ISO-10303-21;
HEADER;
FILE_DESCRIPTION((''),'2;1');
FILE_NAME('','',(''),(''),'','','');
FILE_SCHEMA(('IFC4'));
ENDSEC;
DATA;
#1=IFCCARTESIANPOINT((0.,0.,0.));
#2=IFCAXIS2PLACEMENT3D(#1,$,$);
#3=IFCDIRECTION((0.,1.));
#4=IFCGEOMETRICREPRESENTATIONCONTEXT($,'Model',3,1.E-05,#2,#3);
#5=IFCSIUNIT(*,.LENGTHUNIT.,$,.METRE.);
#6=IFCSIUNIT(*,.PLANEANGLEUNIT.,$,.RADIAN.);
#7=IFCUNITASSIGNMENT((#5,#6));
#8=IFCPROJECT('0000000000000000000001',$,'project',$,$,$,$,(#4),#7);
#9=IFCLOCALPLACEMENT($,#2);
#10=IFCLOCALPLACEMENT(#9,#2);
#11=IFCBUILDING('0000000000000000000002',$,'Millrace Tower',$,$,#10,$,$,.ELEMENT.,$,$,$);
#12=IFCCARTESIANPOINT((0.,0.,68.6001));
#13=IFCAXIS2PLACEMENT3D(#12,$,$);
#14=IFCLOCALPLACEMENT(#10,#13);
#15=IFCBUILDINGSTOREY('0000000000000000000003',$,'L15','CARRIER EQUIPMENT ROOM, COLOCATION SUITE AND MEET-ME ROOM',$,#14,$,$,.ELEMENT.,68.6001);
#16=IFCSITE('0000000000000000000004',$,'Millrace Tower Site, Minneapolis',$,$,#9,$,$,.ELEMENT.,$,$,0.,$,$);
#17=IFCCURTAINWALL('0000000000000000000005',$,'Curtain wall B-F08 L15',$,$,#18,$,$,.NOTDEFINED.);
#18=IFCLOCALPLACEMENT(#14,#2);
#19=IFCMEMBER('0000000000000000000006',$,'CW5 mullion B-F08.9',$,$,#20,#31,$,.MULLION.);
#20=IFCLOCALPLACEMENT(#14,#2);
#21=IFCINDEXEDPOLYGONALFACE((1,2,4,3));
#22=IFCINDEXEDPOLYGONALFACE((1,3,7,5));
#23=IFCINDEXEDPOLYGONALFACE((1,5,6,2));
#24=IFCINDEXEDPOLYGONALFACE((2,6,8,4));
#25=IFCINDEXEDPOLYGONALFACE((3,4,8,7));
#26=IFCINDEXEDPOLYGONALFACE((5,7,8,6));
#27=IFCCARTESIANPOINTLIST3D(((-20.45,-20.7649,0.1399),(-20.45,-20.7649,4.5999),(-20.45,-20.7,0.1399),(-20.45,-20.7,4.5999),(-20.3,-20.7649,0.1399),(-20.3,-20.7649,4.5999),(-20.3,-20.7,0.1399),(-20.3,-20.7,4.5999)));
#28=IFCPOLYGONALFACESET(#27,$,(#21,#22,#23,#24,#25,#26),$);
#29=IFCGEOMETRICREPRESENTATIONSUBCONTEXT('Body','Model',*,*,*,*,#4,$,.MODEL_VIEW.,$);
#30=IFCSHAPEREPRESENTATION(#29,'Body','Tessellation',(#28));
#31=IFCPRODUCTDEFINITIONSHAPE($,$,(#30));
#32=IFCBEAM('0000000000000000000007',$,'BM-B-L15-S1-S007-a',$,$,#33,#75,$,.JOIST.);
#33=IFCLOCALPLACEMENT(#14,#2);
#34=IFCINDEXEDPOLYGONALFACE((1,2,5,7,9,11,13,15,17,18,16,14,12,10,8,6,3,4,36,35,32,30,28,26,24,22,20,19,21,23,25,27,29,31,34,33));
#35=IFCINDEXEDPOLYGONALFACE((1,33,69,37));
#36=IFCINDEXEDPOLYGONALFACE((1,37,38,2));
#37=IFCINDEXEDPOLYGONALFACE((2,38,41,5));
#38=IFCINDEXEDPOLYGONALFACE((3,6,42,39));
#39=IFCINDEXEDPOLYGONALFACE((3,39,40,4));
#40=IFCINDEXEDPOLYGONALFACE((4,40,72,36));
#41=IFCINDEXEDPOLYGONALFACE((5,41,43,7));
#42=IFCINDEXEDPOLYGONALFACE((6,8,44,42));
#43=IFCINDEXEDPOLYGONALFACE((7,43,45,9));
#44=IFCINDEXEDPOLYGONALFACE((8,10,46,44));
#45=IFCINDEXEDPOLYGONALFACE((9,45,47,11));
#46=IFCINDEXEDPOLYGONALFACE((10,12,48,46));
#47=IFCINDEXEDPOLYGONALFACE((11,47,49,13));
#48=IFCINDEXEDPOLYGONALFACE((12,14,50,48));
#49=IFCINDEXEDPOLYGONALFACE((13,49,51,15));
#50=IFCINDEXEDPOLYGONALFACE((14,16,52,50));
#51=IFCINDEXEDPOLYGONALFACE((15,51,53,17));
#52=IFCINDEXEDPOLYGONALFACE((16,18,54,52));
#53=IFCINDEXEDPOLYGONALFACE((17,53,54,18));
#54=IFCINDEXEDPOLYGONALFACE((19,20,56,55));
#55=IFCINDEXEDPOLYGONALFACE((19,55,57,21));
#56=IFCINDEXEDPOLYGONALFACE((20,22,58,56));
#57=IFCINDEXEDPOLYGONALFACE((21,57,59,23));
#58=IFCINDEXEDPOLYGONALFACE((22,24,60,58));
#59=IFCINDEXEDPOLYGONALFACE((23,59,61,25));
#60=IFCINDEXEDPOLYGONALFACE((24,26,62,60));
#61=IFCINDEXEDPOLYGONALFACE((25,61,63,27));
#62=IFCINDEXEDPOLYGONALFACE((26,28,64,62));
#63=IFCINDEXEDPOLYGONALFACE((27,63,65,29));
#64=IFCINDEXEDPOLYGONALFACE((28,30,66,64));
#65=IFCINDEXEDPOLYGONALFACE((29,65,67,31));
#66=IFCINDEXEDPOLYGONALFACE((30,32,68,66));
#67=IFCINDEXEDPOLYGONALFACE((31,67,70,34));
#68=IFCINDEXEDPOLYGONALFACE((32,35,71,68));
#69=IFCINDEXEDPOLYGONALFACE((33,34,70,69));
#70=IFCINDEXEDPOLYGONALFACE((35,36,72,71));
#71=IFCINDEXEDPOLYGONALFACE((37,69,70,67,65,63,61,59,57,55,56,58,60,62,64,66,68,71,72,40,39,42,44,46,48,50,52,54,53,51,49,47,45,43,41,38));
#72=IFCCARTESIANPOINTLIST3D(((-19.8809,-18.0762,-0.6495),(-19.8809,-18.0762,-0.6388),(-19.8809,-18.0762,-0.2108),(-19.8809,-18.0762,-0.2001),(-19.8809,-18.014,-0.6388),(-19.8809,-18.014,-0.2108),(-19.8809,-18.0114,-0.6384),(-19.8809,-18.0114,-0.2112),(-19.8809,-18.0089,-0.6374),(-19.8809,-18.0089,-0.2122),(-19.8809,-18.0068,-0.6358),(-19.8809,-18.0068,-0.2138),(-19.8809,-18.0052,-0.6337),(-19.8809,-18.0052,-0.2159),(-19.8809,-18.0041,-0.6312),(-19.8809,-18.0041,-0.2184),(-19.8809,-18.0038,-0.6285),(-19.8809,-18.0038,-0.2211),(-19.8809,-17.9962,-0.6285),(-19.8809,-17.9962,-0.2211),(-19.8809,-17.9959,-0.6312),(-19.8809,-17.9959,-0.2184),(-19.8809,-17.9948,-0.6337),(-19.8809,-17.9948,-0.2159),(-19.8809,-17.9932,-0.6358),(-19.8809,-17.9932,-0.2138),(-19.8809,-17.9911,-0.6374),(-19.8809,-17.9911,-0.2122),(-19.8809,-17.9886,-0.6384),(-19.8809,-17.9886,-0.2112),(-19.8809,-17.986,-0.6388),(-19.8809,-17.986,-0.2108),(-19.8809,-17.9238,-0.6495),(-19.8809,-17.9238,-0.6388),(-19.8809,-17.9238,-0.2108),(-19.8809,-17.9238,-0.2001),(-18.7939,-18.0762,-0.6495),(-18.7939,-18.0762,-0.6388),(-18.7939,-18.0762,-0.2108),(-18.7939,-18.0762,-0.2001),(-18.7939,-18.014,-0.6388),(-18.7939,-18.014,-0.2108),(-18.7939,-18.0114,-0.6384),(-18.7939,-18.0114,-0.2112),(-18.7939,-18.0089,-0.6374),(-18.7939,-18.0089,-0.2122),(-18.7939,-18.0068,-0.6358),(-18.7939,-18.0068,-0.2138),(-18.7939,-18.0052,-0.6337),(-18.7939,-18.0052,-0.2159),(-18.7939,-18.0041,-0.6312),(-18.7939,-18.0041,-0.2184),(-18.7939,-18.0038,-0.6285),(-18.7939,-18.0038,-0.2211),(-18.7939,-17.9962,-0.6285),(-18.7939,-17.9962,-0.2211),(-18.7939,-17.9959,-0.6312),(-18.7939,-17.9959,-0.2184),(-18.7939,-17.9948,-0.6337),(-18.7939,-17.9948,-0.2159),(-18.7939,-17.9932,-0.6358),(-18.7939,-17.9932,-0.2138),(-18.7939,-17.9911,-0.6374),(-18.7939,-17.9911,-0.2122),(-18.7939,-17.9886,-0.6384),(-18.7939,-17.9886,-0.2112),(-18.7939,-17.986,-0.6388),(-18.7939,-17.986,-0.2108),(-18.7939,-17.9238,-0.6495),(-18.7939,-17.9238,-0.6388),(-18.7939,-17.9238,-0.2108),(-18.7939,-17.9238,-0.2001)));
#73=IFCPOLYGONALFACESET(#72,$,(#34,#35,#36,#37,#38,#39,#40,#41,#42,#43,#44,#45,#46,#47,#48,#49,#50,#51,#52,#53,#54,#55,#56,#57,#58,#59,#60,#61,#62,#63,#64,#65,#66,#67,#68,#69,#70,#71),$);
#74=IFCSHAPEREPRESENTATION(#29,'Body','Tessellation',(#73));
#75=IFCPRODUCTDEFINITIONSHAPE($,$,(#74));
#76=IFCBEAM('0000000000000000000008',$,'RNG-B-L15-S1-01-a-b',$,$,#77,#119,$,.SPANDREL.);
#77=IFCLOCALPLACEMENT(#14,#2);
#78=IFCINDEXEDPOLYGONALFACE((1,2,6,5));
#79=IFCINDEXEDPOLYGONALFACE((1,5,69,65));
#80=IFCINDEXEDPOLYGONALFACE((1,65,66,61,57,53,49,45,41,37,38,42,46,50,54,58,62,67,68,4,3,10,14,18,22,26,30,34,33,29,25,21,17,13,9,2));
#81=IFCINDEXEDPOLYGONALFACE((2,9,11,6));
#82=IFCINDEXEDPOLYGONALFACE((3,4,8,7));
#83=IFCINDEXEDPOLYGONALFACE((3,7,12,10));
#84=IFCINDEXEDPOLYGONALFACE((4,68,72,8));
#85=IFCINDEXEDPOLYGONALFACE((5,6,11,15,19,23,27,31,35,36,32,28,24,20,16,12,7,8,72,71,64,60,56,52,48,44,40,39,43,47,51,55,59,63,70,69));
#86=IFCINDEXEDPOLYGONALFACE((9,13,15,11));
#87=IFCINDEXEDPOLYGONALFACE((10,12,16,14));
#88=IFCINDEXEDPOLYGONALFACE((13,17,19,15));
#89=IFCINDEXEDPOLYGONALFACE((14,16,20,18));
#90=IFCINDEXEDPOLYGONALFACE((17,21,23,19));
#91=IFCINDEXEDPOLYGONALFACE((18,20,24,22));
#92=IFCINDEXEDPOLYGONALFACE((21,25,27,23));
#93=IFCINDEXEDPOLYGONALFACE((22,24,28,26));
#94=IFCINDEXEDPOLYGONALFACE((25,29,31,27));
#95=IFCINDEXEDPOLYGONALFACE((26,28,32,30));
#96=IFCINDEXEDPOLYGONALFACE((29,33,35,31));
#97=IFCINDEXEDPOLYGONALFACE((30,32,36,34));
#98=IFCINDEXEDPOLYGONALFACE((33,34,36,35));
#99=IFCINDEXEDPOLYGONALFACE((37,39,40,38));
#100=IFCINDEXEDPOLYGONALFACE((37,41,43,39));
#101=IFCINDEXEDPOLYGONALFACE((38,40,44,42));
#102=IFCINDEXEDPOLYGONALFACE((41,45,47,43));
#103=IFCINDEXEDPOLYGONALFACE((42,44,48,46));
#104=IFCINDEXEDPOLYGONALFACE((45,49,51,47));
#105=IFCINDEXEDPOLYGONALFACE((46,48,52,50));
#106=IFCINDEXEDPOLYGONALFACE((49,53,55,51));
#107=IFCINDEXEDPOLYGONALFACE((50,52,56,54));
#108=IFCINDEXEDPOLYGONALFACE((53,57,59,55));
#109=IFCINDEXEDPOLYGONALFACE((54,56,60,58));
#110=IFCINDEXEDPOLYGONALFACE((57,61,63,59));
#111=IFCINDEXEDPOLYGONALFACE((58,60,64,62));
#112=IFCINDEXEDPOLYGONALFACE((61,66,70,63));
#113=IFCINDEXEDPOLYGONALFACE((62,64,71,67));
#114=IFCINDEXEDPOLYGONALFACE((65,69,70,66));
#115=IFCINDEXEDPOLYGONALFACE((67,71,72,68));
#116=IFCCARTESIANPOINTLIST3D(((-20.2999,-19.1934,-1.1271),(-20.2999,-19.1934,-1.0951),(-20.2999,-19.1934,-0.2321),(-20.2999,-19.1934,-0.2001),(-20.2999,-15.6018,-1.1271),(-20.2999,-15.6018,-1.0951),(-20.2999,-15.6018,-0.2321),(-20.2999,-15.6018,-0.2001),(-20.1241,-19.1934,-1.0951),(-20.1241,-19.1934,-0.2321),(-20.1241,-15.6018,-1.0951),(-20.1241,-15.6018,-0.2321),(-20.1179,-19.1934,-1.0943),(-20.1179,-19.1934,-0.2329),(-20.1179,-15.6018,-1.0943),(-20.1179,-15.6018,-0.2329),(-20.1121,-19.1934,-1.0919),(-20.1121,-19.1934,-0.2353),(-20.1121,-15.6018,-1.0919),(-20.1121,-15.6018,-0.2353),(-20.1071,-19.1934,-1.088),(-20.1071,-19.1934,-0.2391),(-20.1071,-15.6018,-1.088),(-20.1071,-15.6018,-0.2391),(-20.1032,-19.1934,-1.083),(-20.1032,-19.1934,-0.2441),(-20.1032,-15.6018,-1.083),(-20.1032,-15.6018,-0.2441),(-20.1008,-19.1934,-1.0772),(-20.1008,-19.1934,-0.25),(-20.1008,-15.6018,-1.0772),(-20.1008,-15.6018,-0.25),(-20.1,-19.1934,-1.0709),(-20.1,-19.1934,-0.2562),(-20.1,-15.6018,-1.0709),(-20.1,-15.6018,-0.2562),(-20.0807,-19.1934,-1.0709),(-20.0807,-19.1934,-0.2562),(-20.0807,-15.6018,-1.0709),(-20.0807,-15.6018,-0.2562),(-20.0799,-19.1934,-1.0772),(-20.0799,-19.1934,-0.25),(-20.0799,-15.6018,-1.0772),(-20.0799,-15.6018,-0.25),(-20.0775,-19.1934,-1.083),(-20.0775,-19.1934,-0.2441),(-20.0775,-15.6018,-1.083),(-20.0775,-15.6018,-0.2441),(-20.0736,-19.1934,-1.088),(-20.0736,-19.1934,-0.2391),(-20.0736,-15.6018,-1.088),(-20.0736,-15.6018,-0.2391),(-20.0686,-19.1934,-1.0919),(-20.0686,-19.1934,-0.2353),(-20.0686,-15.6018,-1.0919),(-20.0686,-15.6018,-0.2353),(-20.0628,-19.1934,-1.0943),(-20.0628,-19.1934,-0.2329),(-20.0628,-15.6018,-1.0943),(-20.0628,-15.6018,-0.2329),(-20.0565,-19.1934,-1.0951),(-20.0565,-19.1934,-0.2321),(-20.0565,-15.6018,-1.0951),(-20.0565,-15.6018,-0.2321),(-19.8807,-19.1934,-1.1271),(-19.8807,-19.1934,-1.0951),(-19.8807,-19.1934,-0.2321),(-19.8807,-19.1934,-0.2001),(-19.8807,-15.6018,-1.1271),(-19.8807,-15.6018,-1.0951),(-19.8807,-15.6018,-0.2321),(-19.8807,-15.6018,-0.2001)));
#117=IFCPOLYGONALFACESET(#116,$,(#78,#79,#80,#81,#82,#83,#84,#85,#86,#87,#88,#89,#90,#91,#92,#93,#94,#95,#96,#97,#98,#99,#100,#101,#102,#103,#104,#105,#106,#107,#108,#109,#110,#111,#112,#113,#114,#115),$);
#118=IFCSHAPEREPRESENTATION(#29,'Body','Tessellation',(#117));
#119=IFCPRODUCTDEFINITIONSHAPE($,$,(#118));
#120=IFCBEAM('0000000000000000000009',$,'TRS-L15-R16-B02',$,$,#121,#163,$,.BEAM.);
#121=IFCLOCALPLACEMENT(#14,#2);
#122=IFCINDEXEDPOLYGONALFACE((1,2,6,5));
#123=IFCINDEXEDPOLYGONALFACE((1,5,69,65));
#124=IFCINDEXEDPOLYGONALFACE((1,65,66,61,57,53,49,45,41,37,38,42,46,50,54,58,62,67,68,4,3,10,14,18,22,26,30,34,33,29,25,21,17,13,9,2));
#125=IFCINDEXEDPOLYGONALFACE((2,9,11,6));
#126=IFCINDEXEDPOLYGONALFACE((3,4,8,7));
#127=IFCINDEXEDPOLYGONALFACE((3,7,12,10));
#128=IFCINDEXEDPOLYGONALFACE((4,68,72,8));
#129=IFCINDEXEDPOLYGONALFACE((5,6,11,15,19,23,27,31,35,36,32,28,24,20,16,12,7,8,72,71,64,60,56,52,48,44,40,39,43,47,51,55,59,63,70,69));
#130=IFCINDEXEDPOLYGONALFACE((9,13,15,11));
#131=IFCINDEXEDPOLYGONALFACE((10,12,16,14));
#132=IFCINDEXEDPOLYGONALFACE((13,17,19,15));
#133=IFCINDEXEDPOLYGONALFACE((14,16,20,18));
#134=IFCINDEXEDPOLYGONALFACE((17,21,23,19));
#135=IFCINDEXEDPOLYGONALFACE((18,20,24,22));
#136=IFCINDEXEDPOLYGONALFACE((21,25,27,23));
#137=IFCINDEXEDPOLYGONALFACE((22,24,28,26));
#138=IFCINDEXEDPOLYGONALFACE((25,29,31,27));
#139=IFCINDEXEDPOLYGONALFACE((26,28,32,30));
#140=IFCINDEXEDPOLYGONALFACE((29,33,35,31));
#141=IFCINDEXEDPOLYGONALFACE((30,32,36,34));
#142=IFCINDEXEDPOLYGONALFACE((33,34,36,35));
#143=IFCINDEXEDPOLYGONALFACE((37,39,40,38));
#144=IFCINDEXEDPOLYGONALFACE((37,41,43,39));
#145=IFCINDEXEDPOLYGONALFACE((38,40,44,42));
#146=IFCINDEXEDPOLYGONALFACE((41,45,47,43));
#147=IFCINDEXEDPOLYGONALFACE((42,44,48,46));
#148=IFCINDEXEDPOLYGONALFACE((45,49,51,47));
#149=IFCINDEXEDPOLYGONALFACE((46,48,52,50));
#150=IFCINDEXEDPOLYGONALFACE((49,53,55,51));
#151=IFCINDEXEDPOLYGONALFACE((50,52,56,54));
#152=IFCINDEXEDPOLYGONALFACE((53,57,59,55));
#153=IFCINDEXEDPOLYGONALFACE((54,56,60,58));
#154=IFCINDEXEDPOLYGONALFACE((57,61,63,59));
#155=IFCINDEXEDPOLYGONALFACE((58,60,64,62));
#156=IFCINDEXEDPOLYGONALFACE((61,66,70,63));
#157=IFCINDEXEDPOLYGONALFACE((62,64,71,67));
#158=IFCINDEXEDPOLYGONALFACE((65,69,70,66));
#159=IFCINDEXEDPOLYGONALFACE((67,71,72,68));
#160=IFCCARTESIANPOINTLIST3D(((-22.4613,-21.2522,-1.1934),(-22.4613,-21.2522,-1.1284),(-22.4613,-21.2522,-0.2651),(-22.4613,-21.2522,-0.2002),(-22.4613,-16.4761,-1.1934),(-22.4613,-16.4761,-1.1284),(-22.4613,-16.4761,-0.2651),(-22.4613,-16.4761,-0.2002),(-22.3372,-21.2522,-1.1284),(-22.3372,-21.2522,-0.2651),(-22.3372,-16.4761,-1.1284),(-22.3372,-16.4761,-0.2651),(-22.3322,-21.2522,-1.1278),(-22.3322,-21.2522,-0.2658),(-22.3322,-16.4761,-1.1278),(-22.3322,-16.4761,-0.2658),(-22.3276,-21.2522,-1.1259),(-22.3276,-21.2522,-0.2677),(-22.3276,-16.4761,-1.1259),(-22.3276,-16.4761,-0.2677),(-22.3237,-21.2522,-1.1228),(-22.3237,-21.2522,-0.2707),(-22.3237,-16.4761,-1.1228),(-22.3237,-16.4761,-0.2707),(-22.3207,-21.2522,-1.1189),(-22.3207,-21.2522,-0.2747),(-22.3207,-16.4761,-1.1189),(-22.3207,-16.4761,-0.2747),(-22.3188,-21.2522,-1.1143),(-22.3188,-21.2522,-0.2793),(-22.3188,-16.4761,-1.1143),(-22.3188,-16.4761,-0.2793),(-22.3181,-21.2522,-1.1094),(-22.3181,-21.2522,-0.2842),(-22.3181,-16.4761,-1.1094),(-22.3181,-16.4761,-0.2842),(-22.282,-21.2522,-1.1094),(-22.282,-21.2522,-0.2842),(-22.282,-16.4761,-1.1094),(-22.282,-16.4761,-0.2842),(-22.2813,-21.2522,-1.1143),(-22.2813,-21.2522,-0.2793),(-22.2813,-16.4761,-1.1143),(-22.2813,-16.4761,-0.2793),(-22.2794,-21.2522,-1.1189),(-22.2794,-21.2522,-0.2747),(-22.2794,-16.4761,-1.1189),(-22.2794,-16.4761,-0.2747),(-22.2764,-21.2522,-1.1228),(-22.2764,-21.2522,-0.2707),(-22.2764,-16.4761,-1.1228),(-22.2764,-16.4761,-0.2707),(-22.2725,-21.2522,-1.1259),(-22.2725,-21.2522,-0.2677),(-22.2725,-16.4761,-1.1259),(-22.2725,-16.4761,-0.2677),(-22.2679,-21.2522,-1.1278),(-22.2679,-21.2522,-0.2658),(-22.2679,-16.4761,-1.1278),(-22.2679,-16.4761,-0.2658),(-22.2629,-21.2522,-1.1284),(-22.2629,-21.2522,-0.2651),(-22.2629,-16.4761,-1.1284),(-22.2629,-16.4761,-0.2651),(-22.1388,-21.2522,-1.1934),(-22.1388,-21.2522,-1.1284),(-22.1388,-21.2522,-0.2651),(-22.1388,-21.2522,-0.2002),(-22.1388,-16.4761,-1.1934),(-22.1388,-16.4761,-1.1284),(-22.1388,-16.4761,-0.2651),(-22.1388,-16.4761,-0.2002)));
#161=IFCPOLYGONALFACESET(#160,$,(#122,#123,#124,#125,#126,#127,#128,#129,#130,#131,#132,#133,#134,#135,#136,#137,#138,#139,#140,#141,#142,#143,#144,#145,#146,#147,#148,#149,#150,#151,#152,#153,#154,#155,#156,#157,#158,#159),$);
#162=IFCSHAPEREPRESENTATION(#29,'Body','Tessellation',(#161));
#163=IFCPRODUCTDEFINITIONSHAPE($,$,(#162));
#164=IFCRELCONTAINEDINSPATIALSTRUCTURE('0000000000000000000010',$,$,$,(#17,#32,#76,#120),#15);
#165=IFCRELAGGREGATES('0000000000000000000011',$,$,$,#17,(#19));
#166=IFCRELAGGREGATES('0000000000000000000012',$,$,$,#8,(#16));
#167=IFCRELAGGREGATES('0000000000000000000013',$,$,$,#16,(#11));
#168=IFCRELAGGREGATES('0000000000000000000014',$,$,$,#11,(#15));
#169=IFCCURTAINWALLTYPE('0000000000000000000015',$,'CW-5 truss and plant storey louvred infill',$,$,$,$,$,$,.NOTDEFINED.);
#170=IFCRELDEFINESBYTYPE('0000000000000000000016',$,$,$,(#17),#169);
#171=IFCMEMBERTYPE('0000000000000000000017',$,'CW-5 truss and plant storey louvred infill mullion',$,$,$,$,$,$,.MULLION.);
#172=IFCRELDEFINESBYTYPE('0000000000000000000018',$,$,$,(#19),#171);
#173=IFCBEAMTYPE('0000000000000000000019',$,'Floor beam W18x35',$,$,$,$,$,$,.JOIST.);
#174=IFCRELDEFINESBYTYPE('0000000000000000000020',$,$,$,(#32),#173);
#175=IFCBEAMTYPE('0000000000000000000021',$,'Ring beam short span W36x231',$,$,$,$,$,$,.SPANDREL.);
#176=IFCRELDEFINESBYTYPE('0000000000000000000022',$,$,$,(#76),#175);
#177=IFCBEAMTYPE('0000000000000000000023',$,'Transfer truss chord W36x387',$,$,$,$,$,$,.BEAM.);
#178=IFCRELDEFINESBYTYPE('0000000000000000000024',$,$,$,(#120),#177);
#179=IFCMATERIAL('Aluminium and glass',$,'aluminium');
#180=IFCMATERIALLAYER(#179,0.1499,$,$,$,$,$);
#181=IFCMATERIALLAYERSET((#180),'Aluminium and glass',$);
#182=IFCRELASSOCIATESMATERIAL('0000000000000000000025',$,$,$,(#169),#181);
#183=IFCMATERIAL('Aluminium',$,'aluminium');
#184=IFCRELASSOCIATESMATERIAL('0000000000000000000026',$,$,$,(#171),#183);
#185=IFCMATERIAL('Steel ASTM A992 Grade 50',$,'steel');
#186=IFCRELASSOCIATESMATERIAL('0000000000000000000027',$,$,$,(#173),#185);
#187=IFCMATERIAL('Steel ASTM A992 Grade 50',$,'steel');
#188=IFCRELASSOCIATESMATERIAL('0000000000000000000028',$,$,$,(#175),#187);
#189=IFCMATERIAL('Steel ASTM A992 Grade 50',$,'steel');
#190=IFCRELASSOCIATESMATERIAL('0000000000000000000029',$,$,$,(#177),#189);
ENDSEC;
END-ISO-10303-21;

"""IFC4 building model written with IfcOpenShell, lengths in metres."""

from ifc_helpers import new_model, si_unit, direction, frame, origin, origin_2d, place, context, subcontext, project, spatial, rectangle, i_section, extrude, material, layer, layer_set, material_profile, profile_set, type_object, element, aggregate, save


model = new_model("IFC4")

# Units and contexts
model_context = context("Model", 3, precision=1e-05, world=origin(), true_north=direction((0.0, 1.0)))
body_context = subcontext(model_context, "Body", "Model", "MODEL_VIEW")
ifc_project = project(units=[si_unit("LENGTHUNIT", "METRE"), si_unit("PLANEANGLEUNIT", "RADIAN")], contexts=[model_context])

# Site, building, storey
site_placement = place(None, origin())
site = spatial("IfcSite", under=ifc_project, at=site_placement, Name="Millrace Tower Site, Minneapolis", CompositionType="ELEMENT", RefElevation=0.0)
building_placement = place(site_placement, origin())
building = spatial("IfcBuilding", under=site, at=building_placement, Name="Millrace Tower", CompositionType="ELEMENT")
storey_placement = place(building_placement, frame((0.0, 0.0, 68.6001)))
storey = spatial("IfcBuildingStorey", under=building, at=storey_placement, Name="L15", Description="CARRIER EQUIPMENT ROOM, COLOCATION SUITE AND MEET-ME ROOM", CompositionType="ELEMENT", Elevation=68.6001)

# Curtain wall, member
ifc_material_1 = material(Name="Aluminium and glass", Category="aluminium")
ifc_layer_1 = layer(ifc_material_1, 0.1499)
ifc_layer_set_1 = layer_set([ifc_layer_1], Name="Aluminium and glass")
curtain_wall_type = type_object("IfcCurtainWallType", Name="CW-5 truss and plant storey louvred infill", PredefinedType="NOTDEFINED", material=ifc_layer_set_1)
curtain_wall_placement = place(storey_placement, origin())
curtain_wall = element("IfcCurtainWall", 1, at=curtain_wall_placement, inside=storey, type_object=curtain_wall_type, Name="Curtain wall B-F08 L15", PredefinedType="NOTDEFINED")
ifc_material_2 = material(Name="Aluminium", Category="aluminium")
ifc_material_profile_1 = material_profile(ifc_material_2, rectangle(XDim=0.0649, YDim=0.1499, at=origin_2d()))
ifc_profile_set_1 = profile_set([ifc_material_profile_1], Name="Aluminium")
member_type_1 = type_object("IfcMemberType", Name="CW-5 truss and plant storey louvred infill mullion", PredefinedType="MULLION", material=ifc_profile_set_1)
member_1_placement = place(storey_placement, frame((-20.375, -20.7324, 0.1399), z_axis=(0.0, 0.0, 1.0), x_axis=(0.0, -1.0, 0.0)))
member_1 = element("IfcMember", 2, at=member_1_placement, type_object=member_type_1, Name="CW5 mullion B-F08.9", PredefinedType="MULLION", context=body_context, shape_type="SweptSolid", body=[
    extrude(rectangle(XDim=0.0649, YDim=0.1499, at=origin_2d()), origin(), (0.0, 0.0, 1.0), 4.46),
])
aggregate(curtain_wall, [member_1])

# Beams
ifc_material_3 = material(Name="Steel ASTM A992 Grade 50", Category="steel")
ifc_material_profile_2 = material_profile(ifc_material_3, i_section(OverallWidth=0.1523, OverallDepth=0.4495, WebThickness=0.0076, FlangeThickness=0.0107, FilletRadius=0.0103, at=origin_2d()))
ifc_profile_set_2 = profile_set([ifc_material_profile_2], Name="Steel ASTM A992 Grade 50")
beam_type_1 = type_object("IfcBeamType", Name="Floor beam W18x35", PredefinedType="JOIST", material=ifc_profile_set_2)
beam_1_placement = place(storey_placement, frame((-19.8809, -18.0, -0.4248), z_axis=(1.0, 0.0, 0.0), x_axis=(0.0, 1.0, 0.0)))
element("IfcBeam", 3, at=beam_1_placement, inside=storey, type_object=beam_type_1, Name="BM-B-L15-S1-S007-a", PredefinedType="JOIST", context=body_context, shape_type="SweptSolid", body=[
    extrude(i_section(OverallWidth=0.1523, OverallDepth=0.4495, WebThickness=0.0076, FlangeThickness=0.0107, FilletRadius=0.0103, at=origin_2d()), origin(), (0.0, 0.0, 1.0), 1.0869),
])
ifc_material_4 = material(Name="Steel ASTM A992 Grade 50", Category="steel")
ifc_material_profile_3 = material_profile(ifc_material_4, i_section(OverallWidth=0.4192, OverallDepth=0.927, WebThickness=0.0193, FlangeThickness=0.032, FilletRadius=0.0242, at=origin_2d()))
ifc_profile_set_3 = profile_set([ifc_material_profile_3], Name="Steel ASTM A992 Grade 50")
beam_type_2 = type_object("IfcBeamType", Name="Ring beam short span W36x231", PredefinedType="SPANDREL", material=ifc_profile_set_3)
beam_2_placement = place(storey_placement, frame((-20.0903, -19.1934, -0.6636), z_axis=(0.0, 1.0, 0.0), x_axis=(-1.0, 0.0, 0.0)))
element("IfcBeam", 4, at=beam_2_placement, inside=storey, type_object=beam_type_2, Name="RNG-B-L15-S1-01-a-b", PredefinedType="SPANDREL", context=body_context, shape_type="SweptSolid", body=[
    extrude(i_section(OverallWidth=0.4192, OverallDepth=0.927, WebThickness=0.0193, FlangeThickness=0.032, FilletRadius=0.0242, at=origin_2d()), origin(), (0.0, 0.0, 1.0), 3.5916),
])
ifc_material_5 = material(Name="Steel ASTM A992 Grade 50", Category="steel")
ifc_material_profile_4 = material_profile(ifc_material_5, i_section(OverallWidth=0.3225, OverallDepth=0.9932, WebThickness=0.0361, FlangeThickness=0.0649, FilletRadius=0.019, at=origin_2d()))
ifc_profile_set_4 = profile_set([ifc_material_profile_4], Name="Steel ASTM A992 Grade 50")
beam_type_3 = type_object("IfcBeamType", Name="Transfer truss chord W36x387", PredefinedType="BEAM", material=ifc_profile_set_4)
for number, where, z_axis, x_axis, name in (
    (5, (-22.3, -16.4761, -0.6968), (0.0, -1.0, 0.0), (1.0, 0.0, 0.0), "TRS-L15-R16-B02"),
):
    element("IfcBeam", number, at=place(storey_placement, frame(where, z_axis=z_axis, x_axis=x_axis)), inside=storey, type_object=beam_type_3, Name=name, PredefinedType="BEAM", context=body_context, shape_type="SweptSolid", body=[
        extrude(i_section(OverallWidth=0.3225, OverallDepth=0.9932, WebThickness=0.0361, FlangeThickness=0.0649, FilletRadius=0.019, at=origin_2d()), origin(), (0.0, 0.0, 1.0), 4.7761),
    ])

save(model, "model.ifc")
